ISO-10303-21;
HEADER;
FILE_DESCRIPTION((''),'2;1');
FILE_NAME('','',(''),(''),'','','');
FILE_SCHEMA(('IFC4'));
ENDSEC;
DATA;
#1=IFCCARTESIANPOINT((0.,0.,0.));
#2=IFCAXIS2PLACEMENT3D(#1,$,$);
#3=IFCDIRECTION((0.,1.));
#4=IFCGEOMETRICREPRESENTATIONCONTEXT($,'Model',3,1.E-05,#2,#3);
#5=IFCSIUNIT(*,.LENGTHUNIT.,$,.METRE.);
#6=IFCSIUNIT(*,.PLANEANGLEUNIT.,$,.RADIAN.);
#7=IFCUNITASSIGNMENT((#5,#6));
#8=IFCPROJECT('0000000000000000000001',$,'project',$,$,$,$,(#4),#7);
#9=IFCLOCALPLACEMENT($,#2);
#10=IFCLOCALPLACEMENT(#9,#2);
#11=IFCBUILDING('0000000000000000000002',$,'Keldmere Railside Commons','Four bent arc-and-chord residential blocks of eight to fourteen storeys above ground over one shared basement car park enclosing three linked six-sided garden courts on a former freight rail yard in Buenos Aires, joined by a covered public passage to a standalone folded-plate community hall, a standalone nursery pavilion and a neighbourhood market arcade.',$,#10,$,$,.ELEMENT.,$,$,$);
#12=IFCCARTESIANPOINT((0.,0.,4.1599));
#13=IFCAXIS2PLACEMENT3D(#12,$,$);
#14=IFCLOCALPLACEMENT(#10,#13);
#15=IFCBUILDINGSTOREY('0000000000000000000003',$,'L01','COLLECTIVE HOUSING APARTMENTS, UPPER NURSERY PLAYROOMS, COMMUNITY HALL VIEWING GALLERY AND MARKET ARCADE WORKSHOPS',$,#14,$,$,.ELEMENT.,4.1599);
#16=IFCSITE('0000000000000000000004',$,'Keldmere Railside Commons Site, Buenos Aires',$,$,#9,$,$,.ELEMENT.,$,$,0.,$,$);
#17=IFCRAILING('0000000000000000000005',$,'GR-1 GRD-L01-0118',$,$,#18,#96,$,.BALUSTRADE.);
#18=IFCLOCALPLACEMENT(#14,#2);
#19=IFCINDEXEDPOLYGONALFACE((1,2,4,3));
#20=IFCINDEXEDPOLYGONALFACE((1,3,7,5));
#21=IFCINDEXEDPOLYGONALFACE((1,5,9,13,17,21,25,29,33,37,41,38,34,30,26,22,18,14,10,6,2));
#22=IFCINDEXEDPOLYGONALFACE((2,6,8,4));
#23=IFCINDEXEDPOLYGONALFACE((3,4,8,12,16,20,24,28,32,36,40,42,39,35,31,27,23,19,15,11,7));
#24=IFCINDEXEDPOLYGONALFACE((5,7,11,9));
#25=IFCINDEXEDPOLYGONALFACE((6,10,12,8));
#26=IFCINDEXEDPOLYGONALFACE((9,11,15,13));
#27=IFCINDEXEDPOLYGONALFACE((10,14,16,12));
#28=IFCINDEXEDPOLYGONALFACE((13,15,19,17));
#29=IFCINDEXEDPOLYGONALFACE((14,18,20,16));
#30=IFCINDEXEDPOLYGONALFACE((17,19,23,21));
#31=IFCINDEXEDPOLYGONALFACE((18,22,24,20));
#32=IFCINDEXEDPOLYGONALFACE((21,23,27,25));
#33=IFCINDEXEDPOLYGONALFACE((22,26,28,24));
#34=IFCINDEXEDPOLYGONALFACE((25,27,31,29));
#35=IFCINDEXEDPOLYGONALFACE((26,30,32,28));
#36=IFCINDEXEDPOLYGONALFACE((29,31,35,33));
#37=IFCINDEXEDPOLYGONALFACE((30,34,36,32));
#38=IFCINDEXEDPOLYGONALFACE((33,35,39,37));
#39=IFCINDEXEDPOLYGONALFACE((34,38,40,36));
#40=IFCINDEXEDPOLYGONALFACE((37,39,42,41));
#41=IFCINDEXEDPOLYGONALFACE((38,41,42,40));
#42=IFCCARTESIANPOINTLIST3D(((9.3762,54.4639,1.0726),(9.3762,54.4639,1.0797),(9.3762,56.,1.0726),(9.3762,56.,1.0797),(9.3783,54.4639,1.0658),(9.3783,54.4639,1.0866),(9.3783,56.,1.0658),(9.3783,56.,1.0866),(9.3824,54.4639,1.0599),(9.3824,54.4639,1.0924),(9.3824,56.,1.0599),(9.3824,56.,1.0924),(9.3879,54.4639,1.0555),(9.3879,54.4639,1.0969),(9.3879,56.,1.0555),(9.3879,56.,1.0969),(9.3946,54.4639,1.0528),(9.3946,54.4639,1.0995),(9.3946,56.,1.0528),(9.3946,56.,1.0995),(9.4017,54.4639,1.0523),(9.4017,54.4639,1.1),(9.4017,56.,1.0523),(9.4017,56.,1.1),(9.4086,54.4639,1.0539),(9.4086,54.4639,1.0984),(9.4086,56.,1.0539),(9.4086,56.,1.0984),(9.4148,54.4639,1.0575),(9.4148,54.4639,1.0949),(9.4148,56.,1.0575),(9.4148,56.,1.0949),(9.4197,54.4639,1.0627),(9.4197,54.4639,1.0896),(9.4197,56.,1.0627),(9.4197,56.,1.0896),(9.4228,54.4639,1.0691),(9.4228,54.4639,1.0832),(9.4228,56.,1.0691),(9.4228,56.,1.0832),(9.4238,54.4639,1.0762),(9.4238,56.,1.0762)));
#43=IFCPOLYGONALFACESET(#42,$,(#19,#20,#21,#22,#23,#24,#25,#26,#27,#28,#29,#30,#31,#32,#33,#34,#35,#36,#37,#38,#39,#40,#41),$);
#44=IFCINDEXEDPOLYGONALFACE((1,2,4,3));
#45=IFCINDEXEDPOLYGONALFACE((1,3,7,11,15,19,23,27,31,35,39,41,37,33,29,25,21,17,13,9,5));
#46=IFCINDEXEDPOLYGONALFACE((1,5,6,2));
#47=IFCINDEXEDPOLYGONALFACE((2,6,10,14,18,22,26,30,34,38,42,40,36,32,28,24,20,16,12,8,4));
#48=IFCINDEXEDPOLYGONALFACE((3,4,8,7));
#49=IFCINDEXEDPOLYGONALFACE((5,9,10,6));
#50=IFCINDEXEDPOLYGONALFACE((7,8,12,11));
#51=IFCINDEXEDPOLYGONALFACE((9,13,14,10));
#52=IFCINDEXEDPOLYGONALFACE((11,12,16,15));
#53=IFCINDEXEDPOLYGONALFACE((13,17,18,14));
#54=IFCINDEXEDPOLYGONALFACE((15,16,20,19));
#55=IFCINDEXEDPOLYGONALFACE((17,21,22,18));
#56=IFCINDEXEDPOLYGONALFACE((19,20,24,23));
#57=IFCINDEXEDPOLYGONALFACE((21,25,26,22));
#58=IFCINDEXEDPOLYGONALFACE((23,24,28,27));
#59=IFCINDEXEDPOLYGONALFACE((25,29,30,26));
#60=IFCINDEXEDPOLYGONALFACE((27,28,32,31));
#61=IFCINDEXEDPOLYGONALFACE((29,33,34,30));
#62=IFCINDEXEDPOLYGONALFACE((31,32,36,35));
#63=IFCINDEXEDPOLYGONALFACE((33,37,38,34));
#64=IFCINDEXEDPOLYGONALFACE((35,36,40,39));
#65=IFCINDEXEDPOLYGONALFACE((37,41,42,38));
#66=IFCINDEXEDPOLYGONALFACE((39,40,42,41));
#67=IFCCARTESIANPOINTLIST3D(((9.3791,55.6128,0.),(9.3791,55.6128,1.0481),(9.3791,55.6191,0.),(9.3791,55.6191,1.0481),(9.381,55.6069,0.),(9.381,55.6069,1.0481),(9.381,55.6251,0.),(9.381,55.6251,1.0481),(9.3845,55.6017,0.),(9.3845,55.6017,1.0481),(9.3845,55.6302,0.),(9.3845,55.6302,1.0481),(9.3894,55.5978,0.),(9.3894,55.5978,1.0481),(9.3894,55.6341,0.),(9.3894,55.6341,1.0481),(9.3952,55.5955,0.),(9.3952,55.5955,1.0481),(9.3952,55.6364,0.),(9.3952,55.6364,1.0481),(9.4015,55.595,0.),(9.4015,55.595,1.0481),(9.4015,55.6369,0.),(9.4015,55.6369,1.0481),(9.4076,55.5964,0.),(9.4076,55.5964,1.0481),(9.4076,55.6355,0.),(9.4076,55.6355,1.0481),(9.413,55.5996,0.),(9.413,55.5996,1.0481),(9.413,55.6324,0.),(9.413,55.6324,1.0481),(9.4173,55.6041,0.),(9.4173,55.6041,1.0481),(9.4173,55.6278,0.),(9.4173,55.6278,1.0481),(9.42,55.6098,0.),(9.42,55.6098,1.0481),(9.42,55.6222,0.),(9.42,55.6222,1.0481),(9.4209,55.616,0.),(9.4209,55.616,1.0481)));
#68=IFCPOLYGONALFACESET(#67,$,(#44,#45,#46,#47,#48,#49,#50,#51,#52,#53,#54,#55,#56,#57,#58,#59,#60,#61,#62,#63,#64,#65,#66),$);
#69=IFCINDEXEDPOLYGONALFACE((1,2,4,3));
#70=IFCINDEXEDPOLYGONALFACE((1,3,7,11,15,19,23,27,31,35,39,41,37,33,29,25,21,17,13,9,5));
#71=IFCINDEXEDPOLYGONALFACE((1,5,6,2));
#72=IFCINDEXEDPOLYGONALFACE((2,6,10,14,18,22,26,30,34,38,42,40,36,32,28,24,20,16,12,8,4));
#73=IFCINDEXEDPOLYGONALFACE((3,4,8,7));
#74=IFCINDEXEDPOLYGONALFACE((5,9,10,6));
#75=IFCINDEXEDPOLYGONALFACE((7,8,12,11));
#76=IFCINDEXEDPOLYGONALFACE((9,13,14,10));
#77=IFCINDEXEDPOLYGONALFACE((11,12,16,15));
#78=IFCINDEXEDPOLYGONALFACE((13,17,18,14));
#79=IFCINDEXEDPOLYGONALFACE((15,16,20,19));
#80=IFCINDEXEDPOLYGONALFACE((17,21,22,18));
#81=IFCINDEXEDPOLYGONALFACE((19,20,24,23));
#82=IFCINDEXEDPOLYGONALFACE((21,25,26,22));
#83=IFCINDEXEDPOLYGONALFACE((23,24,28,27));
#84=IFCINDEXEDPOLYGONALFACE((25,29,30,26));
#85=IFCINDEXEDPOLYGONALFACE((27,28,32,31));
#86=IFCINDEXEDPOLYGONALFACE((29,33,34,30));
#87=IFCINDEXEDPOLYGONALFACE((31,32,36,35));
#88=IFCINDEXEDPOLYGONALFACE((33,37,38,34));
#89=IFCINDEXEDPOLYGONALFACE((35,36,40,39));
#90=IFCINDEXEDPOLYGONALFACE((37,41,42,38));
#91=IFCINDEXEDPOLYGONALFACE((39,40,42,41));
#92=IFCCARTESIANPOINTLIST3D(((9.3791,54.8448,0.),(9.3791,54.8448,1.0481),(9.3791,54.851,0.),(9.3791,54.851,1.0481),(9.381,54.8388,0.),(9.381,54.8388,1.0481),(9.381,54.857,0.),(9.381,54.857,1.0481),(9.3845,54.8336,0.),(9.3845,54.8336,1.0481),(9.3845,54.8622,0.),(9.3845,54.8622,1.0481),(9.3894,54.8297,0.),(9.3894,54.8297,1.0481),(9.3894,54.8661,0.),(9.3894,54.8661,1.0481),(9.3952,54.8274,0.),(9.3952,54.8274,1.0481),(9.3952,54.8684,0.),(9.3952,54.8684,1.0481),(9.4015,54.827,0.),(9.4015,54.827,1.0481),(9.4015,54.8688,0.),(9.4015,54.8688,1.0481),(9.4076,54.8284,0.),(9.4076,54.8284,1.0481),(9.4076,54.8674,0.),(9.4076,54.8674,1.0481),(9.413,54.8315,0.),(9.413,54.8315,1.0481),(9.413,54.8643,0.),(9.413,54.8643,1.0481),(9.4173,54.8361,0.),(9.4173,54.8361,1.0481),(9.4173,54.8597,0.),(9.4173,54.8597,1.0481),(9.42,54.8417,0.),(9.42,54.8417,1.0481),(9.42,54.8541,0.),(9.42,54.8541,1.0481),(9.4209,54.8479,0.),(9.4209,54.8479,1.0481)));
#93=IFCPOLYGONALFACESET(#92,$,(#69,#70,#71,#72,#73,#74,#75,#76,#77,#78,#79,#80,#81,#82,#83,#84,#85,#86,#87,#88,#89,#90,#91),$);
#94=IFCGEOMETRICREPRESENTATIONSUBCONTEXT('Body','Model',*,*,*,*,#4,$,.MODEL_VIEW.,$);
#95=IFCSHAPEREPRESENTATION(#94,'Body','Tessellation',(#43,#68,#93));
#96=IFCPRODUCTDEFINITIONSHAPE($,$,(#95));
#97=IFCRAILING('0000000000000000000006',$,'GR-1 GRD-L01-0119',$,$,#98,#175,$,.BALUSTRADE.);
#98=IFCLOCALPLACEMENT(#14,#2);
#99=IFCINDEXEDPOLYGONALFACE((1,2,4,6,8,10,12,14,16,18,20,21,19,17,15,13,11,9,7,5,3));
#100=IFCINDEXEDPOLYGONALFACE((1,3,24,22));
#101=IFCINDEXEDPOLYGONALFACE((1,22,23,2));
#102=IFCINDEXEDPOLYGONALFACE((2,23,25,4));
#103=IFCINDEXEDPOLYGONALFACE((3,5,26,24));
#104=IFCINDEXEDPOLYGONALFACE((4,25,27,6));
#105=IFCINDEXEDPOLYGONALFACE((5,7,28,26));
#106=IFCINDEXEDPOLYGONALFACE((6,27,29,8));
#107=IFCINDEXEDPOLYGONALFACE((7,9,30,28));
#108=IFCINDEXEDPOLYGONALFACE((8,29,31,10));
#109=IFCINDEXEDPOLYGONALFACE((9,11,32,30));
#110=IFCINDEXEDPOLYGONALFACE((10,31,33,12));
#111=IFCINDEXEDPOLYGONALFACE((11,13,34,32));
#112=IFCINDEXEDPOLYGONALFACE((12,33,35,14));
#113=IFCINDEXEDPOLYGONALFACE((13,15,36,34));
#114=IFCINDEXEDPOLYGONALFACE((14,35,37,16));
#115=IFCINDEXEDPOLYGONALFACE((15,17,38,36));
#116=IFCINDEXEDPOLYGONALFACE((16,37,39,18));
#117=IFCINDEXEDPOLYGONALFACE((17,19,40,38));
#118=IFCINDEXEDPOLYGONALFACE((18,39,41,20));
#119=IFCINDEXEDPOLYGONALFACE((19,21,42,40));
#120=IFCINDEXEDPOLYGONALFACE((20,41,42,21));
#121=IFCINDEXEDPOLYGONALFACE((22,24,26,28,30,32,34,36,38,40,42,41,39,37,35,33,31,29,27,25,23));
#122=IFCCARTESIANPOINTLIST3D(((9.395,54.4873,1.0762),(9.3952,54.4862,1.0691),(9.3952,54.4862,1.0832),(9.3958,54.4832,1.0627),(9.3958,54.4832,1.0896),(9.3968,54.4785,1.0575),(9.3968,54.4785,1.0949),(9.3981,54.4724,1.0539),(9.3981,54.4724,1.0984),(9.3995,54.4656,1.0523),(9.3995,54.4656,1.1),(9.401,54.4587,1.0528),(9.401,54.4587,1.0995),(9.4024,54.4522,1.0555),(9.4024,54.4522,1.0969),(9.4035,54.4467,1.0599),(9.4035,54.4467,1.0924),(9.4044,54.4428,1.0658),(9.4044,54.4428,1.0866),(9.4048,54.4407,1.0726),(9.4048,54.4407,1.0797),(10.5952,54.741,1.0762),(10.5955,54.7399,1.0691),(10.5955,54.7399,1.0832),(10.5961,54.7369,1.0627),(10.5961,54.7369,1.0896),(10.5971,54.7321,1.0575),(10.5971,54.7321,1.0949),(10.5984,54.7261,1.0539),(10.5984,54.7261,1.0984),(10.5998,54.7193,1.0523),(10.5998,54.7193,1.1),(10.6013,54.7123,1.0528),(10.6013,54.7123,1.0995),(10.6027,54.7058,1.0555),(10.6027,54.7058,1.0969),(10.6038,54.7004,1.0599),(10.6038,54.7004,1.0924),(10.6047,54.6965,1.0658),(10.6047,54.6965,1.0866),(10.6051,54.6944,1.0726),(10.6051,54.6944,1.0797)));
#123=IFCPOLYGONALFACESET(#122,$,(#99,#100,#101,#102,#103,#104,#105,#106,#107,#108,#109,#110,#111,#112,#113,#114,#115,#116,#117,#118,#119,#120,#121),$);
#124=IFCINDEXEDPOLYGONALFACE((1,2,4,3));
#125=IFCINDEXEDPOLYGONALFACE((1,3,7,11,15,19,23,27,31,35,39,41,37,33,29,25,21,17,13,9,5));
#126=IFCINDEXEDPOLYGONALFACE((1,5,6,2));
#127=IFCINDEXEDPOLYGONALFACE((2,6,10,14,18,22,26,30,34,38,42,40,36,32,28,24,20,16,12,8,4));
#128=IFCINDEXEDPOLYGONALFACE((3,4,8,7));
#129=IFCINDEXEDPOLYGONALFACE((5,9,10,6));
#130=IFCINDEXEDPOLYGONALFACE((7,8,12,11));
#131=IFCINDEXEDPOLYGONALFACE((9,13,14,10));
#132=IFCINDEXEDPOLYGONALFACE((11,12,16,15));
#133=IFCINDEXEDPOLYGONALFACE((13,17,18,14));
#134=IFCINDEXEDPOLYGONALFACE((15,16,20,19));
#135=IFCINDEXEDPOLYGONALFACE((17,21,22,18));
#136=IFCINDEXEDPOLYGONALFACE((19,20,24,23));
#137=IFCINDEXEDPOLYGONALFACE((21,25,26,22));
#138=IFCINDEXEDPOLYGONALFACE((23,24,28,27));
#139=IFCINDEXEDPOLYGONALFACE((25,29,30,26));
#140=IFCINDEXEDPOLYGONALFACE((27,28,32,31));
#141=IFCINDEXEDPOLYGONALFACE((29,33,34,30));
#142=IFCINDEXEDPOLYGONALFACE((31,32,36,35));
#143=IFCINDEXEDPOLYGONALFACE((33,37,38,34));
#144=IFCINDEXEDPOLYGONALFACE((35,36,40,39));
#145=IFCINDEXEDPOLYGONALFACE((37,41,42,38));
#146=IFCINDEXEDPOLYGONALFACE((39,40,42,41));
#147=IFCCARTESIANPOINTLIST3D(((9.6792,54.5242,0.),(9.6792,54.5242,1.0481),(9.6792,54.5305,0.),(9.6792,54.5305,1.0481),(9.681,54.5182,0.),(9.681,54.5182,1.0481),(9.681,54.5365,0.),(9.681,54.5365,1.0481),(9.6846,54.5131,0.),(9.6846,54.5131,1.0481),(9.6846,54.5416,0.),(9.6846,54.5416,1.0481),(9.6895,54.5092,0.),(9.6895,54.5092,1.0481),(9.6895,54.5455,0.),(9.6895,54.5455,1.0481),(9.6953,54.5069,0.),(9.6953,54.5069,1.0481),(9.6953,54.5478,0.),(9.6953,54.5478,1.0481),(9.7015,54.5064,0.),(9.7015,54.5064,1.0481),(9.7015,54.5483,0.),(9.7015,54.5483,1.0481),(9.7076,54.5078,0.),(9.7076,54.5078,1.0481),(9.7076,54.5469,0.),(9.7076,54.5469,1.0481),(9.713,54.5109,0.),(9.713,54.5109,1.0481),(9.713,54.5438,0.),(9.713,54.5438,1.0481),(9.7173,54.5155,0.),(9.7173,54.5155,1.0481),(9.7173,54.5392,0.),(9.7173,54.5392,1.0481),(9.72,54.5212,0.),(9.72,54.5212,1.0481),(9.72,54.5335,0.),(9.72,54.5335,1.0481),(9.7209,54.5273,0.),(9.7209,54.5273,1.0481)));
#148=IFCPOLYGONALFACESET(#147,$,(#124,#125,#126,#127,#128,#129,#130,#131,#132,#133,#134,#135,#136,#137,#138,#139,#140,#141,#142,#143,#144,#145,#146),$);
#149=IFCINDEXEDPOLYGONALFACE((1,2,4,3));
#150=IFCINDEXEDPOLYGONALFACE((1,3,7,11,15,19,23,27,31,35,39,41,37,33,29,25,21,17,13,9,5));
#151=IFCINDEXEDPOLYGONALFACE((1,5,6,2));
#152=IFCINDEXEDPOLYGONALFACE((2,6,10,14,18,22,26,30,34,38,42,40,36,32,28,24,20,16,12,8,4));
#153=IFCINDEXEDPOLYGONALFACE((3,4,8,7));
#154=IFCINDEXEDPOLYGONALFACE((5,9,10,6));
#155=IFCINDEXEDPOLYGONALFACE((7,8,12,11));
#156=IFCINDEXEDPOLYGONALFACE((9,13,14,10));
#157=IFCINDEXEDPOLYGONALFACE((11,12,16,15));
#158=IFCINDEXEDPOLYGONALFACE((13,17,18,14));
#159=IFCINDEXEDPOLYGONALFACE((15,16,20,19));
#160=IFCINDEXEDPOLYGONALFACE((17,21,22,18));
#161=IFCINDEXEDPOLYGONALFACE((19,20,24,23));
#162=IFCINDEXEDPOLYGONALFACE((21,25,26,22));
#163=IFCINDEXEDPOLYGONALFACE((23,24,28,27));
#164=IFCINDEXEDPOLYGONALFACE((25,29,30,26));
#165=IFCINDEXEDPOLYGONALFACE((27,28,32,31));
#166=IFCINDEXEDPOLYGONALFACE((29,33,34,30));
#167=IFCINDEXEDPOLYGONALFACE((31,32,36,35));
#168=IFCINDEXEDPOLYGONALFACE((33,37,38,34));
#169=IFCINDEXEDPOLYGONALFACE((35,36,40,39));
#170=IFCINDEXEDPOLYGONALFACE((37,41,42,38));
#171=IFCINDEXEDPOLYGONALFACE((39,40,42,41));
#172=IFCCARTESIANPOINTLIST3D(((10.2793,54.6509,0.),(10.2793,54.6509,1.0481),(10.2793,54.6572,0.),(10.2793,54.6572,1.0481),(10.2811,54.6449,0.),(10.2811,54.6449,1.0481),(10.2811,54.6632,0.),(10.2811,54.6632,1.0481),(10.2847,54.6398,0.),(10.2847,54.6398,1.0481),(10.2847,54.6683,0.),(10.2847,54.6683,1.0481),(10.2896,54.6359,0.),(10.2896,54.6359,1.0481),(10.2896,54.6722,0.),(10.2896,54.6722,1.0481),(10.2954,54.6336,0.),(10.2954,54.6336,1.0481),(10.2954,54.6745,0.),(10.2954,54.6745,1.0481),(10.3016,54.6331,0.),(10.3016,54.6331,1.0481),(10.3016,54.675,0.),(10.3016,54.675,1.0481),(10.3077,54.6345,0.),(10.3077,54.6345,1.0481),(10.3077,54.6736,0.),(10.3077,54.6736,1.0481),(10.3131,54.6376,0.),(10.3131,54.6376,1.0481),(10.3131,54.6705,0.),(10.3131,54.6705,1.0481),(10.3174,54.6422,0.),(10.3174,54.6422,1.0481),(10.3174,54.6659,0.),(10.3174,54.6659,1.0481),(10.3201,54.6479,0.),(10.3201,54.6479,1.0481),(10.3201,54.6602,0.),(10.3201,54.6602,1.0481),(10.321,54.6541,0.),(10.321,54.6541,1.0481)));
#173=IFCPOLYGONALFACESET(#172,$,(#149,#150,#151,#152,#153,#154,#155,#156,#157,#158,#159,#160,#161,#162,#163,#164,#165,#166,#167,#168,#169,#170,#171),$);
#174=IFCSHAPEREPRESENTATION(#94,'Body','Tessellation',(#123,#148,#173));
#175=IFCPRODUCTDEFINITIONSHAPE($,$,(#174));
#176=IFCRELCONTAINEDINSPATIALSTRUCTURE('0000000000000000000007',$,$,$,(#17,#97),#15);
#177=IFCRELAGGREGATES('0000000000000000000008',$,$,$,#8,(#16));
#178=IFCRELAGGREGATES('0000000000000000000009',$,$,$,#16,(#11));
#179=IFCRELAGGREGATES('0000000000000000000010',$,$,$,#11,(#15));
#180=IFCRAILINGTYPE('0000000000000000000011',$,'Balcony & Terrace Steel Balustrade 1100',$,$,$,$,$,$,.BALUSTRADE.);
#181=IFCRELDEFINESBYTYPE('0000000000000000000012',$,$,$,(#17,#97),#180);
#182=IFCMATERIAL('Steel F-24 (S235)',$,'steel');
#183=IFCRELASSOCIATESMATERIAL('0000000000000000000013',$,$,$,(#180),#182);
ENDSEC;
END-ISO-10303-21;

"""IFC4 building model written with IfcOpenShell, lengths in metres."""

from ifc_helpers import new_model, si_unit, direction, frame, origin, origin_2d, place, context, subcontext, project, spatial, circle, extrude, material, type_object, element, save


model = new_model("IFC4")

# Units and contexts
model_context = context("Model", 3, precision=1e-05, world=origin(), true_north=direction((0.0, 1.0)))
body_context = subcontext(model_context, "Body", "Model", "MODEL_VIEW")
ifc_project = project(units=[si_unit("LENGTHUNIT", "METRE"), si_unit("PLANEANGLEUNIT", "RADIAN")], contexts=[model_context])

# Site, building, storey
site_placement = place(None, origin())
site = spatial("IfcSite", under=ifc_project, at=site_placement, Name="Keldmere Railside Commons Site, Buenos Aires", CompositionType="ELEMENT", RefElevation=0.0)
building_placement = place(site_placement, origin())
building = spatial("IfcBuilding", under=site, at=building_placement, Name="Keldmere Railside Commons", Description="Four bent arc-and-chord residential blocks of eight to fourteen storeys above ground over one shared basement car park enclosing three linked six-sided garden courts on a former freight rail yard in Buenos Aires, joined by a covered public passage to a standalone folded-plate community hall, a standalone nursery pavilion and a neighbourhood market arcade.", CompositionType="ELEMENT")
storey_placement = place(building_placement, frame((0.0, 0.0, 4.1599)))
storey = spatial("IfcBuildingStorey", under=building, at=storey_placement, Name="L01", Description="COLLECTIVE HOUSING APARTMENTS, UPPER NURSERY PLAYROOMS, COMMUNITY HALL VIEWING GALLERY AND MARKET ARCADE WORKSHOPS", CompositionType="ELEMENT", Elevation=4.1599)

# Railings
ifc_material_1 = material(Name="Steel F-24 (S235)", Category="steel")
railing_type = type_object("IfcRailingType", Name="Balcony & Terrace Steel Balustrade 1100", PredefinedType="BALUSTRADE", material=ifc_material_1)
railing_1_placement = place(storey_placement, frame((9.3999, 56.0, 0.0)))
element("IfcRailing", 1, at=railing_1_placement, inside=storey, type_object=railing_type, Name="GR-1 GRD-L01-0118", PredefinedType="BALUSTRADE", context=body_context, shape_type="SweptSolid", body=[
    extrude(circle(Radius=0.0239, at=origin_2d()), frame((0.0, 0.0, 1.0762), z_axis=(0.0, -1.0, 0.0), x_axis=(1.0, 0.0, 0.0)), (0.0, 0.0, 1.0), 1.5361),
    extrude(circle(Radius=0.021, at=origin_2d()), frame((0.0, -0.384, 0.0)), (0.0, 0.0, 1.0), 1.0481),
    extrude(circle(Radius=0.021, at=origin_2d()), frame((0.0, -1.1521, 0.0)), (0.0, 0.0, 1.0), 1.0481),
])
railing_2_placement = place(storey_placement, frame((9.3999, 54.4639, 0.0)))
element("IfcRailing", 2, at=railing_2_placement, inside=storey, type_object=railing_type, Name="GR-1 GRD-L01-0119", PredefinedType="BALUSTRADE", context=body_context, shape_type="SweptSolid", body=[
    extrude(circle(Radius=0.0239, at=origin_2d()), frame((0.0, 0.0, 1.0762), z_axis=(0.978387, 0.206783, 0.0), x_axis=(-0.206783, 0.978387, 0.0)), (0.0, 0.0, 1.0), 1.2268),
    extrude(circle(Radius=0.021, at=origin_2d()), frame((0.3, 0.0635, 0.0)), (0.0, 0.0, 1.0), 1.0481),
    extrude(circle(Radius=0.021, at=origin_2d()), frame((0.9001, 0.1902, 0.0)), (0.0, 0.0, 1.0), 1.0481),
])

save(model, "model.ifc")
